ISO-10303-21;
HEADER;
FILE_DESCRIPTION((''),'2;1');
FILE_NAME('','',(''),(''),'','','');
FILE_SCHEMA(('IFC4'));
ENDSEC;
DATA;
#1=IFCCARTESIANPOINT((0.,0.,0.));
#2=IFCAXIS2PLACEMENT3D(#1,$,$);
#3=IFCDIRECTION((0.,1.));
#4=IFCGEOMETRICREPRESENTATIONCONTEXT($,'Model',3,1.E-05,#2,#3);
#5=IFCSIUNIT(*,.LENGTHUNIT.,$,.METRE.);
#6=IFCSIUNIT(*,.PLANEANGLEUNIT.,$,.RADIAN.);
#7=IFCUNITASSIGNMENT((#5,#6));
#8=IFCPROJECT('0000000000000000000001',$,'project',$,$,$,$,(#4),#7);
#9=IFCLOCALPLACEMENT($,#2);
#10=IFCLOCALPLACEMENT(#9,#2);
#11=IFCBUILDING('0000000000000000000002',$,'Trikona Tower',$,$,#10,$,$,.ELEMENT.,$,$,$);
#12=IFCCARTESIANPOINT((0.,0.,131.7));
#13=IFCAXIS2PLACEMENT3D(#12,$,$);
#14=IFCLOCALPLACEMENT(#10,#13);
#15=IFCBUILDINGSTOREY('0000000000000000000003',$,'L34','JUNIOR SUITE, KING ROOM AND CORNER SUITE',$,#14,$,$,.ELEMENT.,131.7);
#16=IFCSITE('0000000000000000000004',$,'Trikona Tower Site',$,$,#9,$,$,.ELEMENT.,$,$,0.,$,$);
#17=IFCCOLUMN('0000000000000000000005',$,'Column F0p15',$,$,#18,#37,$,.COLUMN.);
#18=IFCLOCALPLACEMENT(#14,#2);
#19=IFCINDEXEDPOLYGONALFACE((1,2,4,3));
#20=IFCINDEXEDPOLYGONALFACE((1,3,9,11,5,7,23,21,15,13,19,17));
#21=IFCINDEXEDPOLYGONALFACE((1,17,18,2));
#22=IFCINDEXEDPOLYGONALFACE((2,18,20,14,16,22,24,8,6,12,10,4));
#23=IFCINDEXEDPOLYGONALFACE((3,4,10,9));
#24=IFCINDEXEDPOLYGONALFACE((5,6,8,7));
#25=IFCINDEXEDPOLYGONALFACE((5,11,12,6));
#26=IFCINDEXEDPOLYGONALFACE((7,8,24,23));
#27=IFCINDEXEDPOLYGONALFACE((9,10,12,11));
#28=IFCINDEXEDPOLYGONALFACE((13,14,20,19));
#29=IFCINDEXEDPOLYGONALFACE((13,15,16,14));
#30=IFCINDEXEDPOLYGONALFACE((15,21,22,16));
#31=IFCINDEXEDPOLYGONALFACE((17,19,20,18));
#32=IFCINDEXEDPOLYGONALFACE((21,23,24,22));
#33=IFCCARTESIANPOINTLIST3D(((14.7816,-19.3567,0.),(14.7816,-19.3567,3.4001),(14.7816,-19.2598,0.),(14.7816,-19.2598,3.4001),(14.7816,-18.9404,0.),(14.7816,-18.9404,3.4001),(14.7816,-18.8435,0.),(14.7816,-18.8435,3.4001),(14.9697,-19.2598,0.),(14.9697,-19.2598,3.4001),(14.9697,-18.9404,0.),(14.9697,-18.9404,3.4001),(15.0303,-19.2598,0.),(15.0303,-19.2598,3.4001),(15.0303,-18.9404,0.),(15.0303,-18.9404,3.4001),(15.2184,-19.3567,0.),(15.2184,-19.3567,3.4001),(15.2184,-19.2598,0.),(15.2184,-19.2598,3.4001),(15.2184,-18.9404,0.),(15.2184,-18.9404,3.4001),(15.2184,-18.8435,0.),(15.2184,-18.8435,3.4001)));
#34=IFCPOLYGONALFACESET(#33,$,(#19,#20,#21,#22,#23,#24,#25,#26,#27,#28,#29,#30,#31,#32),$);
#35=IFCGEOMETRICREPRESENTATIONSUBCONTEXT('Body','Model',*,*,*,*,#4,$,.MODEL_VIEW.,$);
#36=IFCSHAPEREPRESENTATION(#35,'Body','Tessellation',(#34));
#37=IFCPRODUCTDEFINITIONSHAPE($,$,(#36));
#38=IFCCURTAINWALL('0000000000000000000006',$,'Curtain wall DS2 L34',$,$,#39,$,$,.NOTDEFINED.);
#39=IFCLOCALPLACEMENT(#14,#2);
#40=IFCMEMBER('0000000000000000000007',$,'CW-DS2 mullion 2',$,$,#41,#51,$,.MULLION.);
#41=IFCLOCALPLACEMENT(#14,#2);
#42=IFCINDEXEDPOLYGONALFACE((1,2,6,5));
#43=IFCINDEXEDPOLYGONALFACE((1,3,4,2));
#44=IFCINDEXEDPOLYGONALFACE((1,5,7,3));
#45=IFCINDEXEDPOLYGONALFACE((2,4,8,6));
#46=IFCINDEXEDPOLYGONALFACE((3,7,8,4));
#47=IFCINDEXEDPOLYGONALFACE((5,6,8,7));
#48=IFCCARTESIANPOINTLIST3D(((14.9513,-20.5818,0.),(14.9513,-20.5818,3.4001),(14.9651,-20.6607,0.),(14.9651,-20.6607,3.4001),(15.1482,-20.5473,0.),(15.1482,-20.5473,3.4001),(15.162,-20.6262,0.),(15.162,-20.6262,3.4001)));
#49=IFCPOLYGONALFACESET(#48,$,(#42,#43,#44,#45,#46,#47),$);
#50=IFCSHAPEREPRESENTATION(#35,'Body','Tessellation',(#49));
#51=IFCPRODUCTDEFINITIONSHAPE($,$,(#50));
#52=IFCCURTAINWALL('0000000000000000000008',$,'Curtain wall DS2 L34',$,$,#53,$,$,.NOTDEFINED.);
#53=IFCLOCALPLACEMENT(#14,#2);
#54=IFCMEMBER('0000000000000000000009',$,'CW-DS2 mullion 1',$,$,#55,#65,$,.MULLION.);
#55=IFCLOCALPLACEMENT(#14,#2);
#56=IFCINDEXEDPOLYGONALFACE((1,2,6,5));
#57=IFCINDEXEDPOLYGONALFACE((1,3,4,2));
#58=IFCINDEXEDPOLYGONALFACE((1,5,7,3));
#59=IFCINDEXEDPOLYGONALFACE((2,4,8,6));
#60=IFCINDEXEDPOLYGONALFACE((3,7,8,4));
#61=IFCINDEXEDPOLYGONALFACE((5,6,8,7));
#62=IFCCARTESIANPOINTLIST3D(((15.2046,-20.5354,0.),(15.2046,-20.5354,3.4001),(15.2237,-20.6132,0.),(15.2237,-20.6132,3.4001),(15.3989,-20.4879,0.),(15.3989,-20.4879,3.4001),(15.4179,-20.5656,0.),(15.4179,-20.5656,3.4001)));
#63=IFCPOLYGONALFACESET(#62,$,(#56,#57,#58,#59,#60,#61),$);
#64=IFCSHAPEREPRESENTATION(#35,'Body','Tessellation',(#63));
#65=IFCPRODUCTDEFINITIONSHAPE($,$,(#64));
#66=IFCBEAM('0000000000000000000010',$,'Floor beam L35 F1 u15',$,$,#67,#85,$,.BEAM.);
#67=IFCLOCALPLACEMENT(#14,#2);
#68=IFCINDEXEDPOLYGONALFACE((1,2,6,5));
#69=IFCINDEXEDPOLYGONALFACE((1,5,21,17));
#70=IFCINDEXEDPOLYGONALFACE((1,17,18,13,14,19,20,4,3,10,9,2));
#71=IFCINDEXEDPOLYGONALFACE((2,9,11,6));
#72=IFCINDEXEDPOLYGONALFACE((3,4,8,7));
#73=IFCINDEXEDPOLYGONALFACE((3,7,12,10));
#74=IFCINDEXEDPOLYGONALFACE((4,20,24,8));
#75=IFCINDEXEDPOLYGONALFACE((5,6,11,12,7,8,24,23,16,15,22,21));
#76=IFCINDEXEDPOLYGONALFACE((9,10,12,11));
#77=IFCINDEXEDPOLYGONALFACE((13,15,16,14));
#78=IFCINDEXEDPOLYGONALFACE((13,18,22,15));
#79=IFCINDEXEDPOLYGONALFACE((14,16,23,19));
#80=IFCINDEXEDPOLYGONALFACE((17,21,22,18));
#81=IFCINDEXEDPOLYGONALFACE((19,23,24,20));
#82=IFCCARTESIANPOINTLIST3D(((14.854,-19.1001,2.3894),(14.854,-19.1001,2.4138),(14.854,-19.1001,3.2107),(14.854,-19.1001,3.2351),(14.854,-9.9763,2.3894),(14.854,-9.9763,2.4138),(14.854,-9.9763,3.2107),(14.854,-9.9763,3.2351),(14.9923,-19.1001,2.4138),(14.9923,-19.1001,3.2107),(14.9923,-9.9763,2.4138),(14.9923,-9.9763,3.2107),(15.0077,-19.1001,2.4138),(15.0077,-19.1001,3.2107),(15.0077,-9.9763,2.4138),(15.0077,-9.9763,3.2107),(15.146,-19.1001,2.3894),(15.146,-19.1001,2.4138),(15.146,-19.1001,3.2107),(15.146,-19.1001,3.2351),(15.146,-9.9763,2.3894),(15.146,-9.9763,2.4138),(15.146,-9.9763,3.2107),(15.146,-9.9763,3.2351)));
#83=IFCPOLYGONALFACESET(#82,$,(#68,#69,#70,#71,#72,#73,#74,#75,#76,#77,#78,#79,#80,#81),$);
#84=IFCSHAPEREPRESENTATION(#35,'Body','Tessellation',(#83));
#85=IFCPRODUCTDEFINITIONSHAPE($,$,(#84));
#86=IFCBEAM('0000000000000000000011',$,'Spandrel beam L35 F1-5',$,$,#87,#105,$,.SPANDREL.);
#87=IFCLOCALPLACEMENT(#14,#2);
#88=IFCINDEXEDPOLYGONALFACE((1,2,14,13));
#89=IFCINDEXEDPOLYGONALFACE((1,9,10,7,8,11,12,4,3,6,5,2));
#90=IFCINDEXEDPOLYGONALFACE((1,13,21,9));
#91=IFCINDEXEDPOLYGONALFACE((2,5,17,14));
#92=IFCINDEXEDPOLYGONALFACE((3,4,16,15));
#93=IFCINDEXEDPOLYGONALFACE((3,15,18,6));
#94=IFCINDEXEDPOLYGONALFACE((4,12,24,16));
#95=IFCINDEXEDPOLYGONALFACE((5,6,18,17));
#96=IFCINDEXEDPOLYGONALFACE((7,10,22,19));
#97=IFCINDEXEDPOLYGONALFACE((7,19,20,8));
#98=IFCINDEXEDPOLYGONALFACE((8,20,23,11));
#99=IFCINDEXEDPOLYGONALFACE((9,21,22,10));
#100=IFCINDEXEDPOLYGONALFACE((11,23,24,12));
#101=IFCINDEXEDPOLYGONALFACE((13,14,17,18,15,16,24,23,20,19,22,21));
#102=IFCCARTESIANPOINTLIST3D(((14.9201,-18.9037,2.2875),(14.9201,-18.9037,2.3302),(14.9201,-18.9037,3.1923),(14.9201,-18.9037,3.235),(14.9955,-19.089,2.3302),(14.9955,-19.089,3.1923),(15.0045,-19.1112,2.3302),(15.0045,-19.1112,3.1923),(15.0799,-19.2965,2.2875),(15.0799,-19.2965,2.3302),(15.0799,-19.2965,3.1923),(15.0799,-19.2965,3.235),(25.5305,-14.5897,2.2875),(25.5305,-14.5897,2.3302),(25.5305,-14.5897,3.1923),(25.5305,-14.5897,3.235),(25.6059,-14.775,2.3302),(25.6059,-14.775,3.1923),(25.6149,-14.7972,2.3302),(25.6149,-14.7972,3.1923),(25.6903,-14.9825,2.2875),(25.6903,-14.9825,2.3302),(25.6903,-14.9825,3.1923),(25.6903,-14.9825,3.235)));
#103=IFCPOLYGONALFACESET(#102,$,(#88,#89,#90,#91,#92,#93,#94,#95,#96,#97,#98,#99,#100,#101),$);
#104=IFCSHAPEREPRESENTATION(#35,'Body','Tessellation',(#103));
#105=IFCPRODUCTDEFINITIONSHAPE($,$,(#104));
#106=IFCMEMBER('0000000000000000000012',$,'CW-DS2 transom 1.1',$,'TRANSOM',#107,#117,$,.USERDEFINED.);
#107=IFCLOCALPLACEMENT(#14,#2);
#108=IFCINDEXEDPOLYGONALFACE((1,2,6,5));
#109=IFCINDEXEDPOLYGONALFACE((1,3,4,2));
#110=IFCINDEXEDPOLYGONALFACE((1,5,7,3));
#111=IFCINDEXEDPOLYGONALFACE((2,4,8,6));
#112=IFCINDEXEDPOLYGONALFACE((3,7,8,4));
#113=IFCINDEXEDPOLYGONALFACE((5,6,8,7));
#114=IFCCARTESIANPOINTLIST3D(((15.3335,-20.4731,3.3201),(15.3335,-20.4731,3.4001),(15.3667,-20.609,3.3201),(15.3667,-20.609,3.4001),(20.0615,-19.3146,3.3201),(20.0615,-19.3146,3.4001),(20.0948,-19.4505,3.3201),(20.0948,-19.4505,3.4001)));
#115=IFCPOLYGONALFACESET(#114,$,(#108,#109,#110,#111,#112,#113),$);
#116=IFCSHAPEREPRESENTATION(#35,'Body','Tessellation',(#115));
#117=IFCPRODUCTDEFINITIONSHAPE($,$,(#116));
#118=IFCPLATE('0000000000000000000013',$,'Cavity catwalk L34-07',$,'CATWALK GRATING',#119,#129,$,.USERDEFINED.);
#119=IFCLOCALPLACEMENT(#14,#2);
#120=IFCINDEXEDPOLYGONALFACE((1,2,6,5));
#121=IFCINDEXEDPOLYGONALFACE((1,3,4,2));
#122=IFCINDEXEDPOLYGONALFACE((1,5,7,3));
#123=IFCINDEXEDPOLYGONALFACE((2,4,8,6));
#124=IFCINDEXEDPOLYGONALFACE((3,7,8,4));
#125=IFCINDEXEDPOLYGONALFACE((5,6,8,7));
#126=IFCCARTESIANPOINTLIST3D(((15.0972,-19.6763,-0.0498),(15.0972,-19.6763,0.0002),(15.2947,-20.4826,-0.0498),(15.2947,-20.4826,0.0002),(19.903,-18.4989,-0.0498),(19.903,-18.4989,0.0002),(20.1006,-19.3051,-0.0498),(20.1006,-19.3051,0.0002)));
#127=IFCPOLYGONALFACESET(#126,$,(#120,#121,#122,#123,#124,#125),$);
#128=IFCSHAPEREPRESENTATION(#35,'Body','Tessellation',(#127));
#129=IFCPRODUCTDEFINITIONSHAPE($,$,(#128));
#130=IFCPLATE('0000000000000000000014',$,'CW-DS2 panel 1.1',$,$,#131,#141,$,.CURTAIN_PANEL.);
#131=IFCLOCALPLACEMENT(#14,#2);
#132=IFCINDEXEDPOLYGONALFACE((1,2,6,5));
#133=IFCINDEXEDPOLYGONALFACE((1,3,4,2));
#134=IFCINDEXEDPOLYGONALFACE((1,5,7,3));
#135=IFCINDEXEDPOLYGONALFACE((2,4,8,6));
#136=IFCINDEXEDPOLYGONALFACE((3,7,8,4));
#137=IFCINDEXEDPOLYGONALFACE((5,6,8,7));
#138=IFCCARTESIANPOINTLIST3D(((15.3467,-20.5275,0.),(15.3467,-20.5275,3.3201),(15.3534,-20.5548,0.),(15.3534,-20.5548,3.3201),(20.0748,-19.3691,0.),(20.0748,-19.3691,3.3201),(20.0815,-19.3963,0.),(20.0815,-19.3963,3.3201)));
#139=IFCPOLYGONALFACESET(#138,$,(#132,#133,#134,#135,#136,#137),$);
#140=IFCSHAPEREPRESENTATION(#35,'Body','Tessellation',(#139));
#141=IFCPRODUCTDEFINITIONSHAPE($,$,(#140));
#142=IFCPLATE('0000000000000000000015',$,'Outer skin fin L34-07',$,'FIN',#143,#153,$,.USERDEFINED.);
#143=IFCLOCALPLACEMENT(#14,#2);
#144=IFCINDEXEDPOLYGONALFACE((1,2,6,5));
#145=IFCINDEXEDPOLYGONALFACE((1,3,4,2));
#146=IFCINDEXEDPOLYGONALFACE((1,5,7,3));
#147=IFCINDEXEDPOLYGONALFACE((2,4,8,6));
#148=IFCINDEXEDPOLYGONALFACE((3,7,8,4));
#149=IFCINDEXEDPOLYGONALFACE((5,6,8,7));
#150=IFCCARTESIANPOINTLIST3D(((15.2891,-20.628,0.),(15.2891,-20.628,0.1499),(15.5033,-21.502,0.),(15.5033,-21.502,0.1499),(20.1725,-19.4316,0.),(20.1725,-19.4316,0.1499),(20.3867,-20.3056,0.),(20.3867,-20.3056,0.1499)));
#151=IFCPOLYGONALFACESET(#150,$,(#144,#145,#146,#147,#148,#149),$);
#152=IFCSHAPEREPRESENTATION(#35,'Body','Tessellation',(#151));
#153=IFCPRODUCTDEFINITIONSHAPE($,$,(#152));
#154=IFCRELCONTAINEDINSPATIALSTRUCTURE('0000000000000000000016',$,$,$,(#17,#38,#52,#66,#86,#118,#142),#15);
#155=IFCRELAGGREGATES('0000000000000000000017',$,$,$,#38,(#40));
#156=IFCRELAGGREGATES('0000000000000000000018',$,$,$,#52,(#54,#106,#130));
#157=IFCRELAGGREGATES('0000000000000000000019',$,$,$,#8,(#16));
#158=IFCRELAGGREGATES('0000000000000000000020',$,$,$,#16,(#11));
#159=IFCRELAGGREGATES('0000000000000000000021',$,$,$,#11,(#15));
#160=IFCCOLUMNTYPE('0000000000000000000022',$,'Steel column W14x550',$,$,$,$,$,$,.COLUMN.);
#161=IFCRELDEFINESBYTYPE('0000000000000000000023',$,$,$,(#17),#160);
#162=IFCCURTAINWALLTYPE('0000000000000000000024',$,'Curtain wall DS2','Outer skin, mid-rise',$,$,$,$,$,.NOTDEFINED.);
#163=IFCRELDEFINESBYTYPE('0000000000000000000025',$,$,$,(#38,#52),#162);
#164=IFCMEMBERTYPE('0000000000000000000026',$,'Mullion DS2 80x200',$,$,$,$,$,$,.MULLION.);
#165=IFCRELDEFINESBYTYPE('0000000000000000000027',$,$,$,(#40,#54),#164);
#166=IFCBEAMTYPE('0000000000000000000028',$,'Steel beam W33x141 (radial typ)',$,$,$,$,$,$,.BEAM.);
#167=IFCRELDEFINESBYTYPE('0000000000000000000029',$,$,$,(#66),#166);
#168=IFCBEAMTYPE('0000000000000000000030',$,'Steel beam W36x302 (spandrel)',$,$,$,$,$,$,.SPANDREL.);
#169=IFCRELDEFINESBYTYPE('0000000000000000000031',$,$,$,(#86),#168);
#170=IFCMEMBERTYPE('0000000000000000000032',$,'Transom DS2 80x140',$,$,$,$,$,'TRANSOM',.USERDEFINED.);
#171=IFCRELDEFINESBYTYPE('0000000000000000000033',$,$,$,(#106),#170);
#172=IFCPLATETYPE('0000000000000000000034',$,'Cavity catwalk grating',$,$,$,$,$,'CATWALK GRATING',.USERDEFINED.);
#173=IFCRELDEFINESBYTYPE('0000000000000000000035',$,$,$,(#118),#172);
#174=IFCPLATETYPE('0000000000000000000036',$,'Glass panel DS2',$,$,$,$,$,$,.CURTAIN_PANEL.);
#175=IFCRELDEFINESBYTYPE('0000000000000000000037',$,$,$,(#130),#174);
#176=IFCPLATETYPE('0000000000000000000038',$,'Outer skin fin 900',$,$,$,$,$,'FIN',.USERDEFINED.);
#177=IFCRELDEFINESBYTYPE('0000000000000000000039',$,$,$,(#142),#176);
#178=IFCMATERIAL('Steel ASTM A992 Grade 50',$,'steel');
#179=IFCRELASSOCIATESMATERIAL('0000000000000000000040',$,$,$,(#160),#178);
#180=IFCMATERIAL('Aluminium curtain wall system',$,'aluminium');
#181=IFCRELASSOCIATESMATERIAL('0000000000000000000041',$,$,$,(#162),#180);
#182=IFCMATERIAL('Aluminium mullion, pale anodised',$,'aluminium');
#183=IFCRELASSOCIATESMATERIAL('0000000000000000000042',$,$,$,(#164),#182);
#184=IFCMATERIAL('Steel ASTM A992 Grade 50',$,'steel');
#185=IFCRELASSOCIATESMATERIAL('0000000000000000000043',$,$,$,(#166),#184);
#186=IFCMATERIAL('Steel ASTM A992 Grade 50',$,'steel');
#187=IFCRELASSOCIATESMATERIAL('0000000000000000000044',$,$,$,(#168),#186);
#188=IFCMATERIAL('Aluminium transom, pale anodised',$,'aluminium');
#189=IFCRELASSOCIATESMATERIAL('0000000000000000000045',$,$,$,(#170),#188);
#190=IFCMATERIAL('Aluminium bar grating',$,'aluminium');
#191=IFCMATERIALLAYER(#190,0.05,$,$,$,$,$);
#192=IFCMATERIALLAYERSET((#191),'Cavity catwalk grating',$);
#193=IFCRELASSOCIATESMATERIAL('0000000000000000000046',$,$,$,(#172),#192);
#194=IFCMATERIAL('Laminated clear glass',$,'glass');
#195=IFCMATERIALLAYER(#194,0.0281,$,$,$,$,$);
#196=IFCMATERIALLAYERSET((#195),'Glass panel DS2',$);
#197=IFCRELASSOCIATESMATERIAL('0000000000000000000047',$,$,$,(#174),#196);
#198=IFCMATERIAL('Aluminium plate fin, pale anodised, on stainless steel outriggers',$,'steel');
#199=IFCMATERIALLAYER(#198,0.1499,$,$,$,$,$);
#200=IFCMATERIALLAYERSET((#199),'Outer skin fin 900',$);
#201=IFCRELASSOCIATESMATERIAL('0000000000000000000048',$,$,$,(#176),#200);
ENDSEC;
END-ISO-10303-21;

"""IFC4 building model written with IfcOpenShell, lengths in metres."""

from ifc_helpers import new_model, si_unit, direction, frame, origin, origin_2d, place, context, subcontext, project, spatial, rectangle, i_section, extrude, material, layer, layer_set, material_profile, profile_set, type_object, element, aggregate, save


model = new_model("IFC4")

# Units and contexts
model_context = context("Model", 3, precision=1e-05, world=origin(), true_north=direction((0.0, 1.0)))
body_context = subcontext(model_context, "Body", "Model", "MODEL_VIEW")
ifc_project = project(units=[si_unit("LENGTHUNIT", "METRE"), si_unit("PLANEANGLEUNIT", "RADIAN")], contexts=[model_context])

# Site, building, storey
site_placement = place(None, origin())
site = spatial("IfcSite", under=ifc_project, at=site_placement, Name="Trikona Tower Site", CompositionType="ELEMENT", RefElevation=0.0)
building_placement = place(site_placement, origin())
building = spatial("IfcBuilding", under=site, at=building_placement, Name="Trikona Tower", CompositionType="ELEMENT")
storey_placement = place(building_placement, frame((0.0, 0.0, 131.7)))
storey = spatial("IfcBuildingStorey", under=building, at=storey_placement, Name="L34", Description="JUNIOR SUITE, KING ROOM AND CORNER SUITE", CompositionType="ELEMENT", Elevation=131.7)

# Column
ifc_material_1 = material(Name="Steel ASTM A992 Grade 50", Category="steel")
ifc_material_profile_1 = material_profile(ifc_material_1, i_section(OverallWidth=0.4368, OverallDepth=0.5132, WebThickness=0.0605, FlangeThickness=0.0969, at=origin_2d()), Name="W14X550")
ifc_profile_set_1 = profile_set([ifc_material_profile_1], Name="Steel ASTM A992 Grade 50")
column_type = type_object("IfcColumnType", Name="Steel column W14x550", PredefinedType="COLUMN", material=ifc_profile_set_1)
column_placement = place(storey_placement, frame((15.0, -19.1001, 0.0), z_axis=(0.0, 0.0, 1.0), x_axis=(1.0, 0.0, 0.0)))
element("IfcColumn", 1, at=column_placement, inside=storey, type_object=column_type, Name="Column F0p15", PredefinedType="COLUMN", context=body_context, shape_type="SweptSolid", body=[
    extrude(i_section(OverallWidth=0.4368, OverallDepth=0.5132, WebThickness=0.0605, FlangeThickness=0.0969, at=origin_2d()), origin(), (0.0, 0.0, 1.0), 3.4001),
])

# Curtain walls, members
ifc_material_2 = material(Name="Aluminium curtain wall system", Category="aluminium")
curtain_wall_type = type_object("IfcCurtainWallType", Name="Curtain wall DS2", Description="Outer skin, mid-rise", PredefinedType="NOTDEFINED", material=ifc_material_2)
curtain_wall_1_placement = place(storey_placement, origin())
curtain_wall_1 = element("IfcCurtainWall", 2, at=curtain_wall_1_placement, inside=storey, type_object=curtain_wall_type, Name="Curtain wall DS2 L34", PredefinedType="NOTDEFINED")
ifc_material_3 = material(Name="Aluminium mullion, pale anodised", Category="aluminium")
ifc_material_profile_2 = material_profile(ifc_material_3, rectangle(XDim=0.0801, YDim=0.2, at=origin_2d()), Name="MUL-DS2")
ifc_profile_set_2 = profile_set([ifc_material_profile_2], Name="Aluminium mullion, pale anodised")
member_type_1 = type_object("IfcMemberType", Name="Mullion DS2 80x200", PredefinedType="MULLION", material=ifc_profile_set_2)
member_1_placement = place(storey_placement, frame((15.0566, -20.604, 0.0), z_axis=(0.0, 0.0, 1.0), x_axis=(-0.172377, 0.985031, 0.0)))
member_1 = element("IfcMember", 3, at=member_1_placement, type_object=member_type_1, Name="CW-DS2 mullion 2", PredefinedType="MULLION", context=body_context, shape_type="SweptSolid", body=[
    extrude(rectangle(XDim=0.0801, YDim=0.2, at=origin_2d()), origin(), (0.0, 0.0, 1.0), 3.4001),
])
aggregate(curtain_wall_1, [member_1])
curtain_wall_2_placement = place(storey_placement, origin())
curtain_wall_2 = element("IfcCurtainWall", 4, at=curtain_wall_2_placement, inside=storey, type_object=curtain_wall_type, Name="Curtain wall DS2 L34", PredefinedType="NOTDEFINED")
member_2_placement = place(storey_placement, frame((15.3113, -20.5505, 0.0), z_axis=(0.0, 0.0, 1.0), x_axis=(-0.23797, 0.971272, 0.0)))
member_2 = element("IfcMember", 5, at=member_2_placement, type_object=member_type_1, Name="CW-DS2 mullion 1", PredefinedType="MULLION", context=body_context, shape_type="SweptSolid", body=[
    extrude(rectangle(XDim=0.0801, YDim=0.2, at=origin_2d()), origin(), (0.0, 0.0, 1.0), 3.4001),
])

# Beams
ifc_material_4 = material(Name="Steel ASTM A992 Grade 50", Category="steel")
ifc_material_profile_3 = material_profile(ifc_material_4, i_section(OverallWidth=0.292, OverallDepth=0.8457, WebThickness=0.0154, FlangeThickness=0.0244, at=origin_2d()), Name="W33X141")
ifc_profile_set_3 = profile_set([ifc_material_profile_3], Name="Steel ASTM A992 Grade 50")
beam_type_1 = type_object("IfcBeamType", Name="Steel beam W33x141 (radial typ)", PredefinedType="BEAM", material=ifc_profile_set_3)
beam_1_placement = place(storey_placement, frame((15.0, -9.9763, 2.8123), z_axis=(0.0, -1.0, 0.0), x_axis=(1.0, 0.0, 0.0)))
element("IfcBeam", 6, at=beam_1_placement, inside=storey, type_object=beam_type_1, Name="Floor beam L35 F1 u15", PredefinedType="BEAM", context=body_context, shape_type="SweptSolid", body=[
    extrude(i_section(OverallWidth=0.292, OverallDepth=0.8457, WebThickness=0.0154, FlangeThickness=0.0244, at=origin_2d()), origin(), (0.0, 0.0, 1.0), 9.1238),
])
ifc_material_5 = material(Name="Steel ASTM A992 Grade 50", Category="steel")
ifc_material_profile_4 = material_profile(ifc_material_5, i_section(OverallWidth=0.4241, OverallDepth=0.9475, WebThickness=0.0239, FlangeThickness=0.0427, at=origin_2d()), Name="W36X302")
ifc_profile_set_4 = profile_set([ifc_material_profile_4], Name="Steel ASTM A992 Grade 50")
beam_type_2 = type_object("IfcBeamType", Name="Steel beam W36x302 (spandrel)", PredefinedType="SPANDREL", material=ifc_profile_set_4)
beam_2_placement = place(storey_placement, frame((15.0, -19.1001, 2.7612), z_axis=(0.92636, 0.37664, 0.0), x_axis=(-0.37664, 0.92636, 0.0)))
element("IfcBeam", 7, at=beam_2_placement, inside=storey, type_object=beam_type_2, Name="Spandrel beam L35 F1-5", PredefinedType="SPANDREL", context=body_context, shape_type="SweptSolid", body=[
    extrude(i_section(OverallWidth=0.4241, OverallDepth=0.9475, WebThickness=0.0239, FlangeThickness=0.0427, at=origin_2d()), origin(), (0.0, 0.0, 1.0), 11.4539),
])

# Member
ifc_material_6 = material(Name="Aluminium transom, pale anodised", Category="aluminium")
ifc_material_profile_5 = material_profile(ifc_material_6, rectangle(XDim=0.1399, YDim=0.0801, at=origin_2d()), Name="TRN-DS2")
ifc_profile_set_5 = profile_set([ifc_material_profile_5], Name="Aluminium transom, pale anodised")
member_type_2 = type_object("IfcMemberType", Name="Transom DS2 80x140", ElementType="TRANSOM", PredefinedType="USERDEFINED", material=ifc_profile_set_5)
member_3_placement = place(storey_placement, frame((15.3501, -20.541, 3.3601), z_axis=(0.971271, 0.237978, 0.0), x_axis=(-0.237978, 0.971271, 0.0)))
member_3 = element("IfcMember", 8, at=member_3_placement, type_object=member_type_2, Name="CW-DS2 transom 1.1", ObjectType="TRANSOM", PredefinedType="USERDEFINED", context=body_context, shape_type="SweptSolid", body=[
    extrude(rectangle(XDim=0.1399, YDim=0.0801, at=origin_2d()), origin(), (0.0, 0.0, 1.0), 4.8679),
])

# Plates
ifc_material_7 = material(Name="Aluminium bar grating", Category="aluminium")
ifc_layer_1 = layer(ifc_material_7, 0.05)
ifc_layer_set_1 = layer_set([ifc_layer_1], Name="Cavity catwalk grating")
plate_type_1 = type_object("IfcPlateType", Name="Cavity catwalk grating", ElementType="CATWALK GRATING", PredefinedType="USERDEFINED", material=ifc_layer_set_1)
plate_1_placement = place(storey_placement, frame((17.5989, -19.4907, -0.0498), z_axis=(0.0, 0.0, 1.0), x_axis=(0.971274, 0.237962, 0.0)))
element("IfcPlate", 9, at=plate_1_placement, inside=storey, type_object=plate_type_1, Name="Cavity catwalk L34-07", ObjectType="CATWALK GRATING", PredefinedType="USERDEFINED", context=body_context, shape_type="SweptSolid", body=[
    extrude(rectangle(XDim=4.948, YDim=0.8301, at=origin_2d()), origin(), (0.0, 0.0, 1.0), 0.05),
])
ifc_material_8 = material(Name="Laminated clear glass", Category="glass")
ifc_layer_2 = layer(ifc_material_8, 0.0281)
ifc_layer_set_2 = layer_set([ifc_layer_2], Name="Glass panel DS2")
plate_type_2 = type_object("IfcPlateType", Name="Glass panel DS2", PredefinedType="CURTAIN_PANEL", material=ifc_layer_set_2)
plate_2_placement = place(storey_placement, frame((17.7141, -19.9619, 0.0), z_axis=(0.0, 0.0, 1.0), x_axis=(0.971272, 0.23797, 0.0)))
plate_2 = element("IfcPlate", 10, at=plate_2_placement, type_object=plate_type_2, Name="CW-DS2 panel 1.1", PredefinedType="CURTAIN_PANEL", context=body_context, shape_type="SweptSolid", body=[
    extrude(rectangle(XDim=4.8679, YDim=0.0281, at=origin_2d()), origin(), (0.0, 0.0, 1.0), 3.3201),
])
aggregate(curtain_wall_2, [member_2, member_3, plate_2])
ifc_material_9 = material(Name="Aluminium plate fin, pale anodised, on stainless steel outriggers", Category="steel")
ifc_layer_3 = layer(ifc_material_9, 0.1499)
ifc_layer_set_3 = layer_set([ifc_layer_3], Name="Outer skin fin 900")
plate_type_3 = type_object("IfcPlateType", Name="Outer skin fin 900", ElementType="FIN", PredefinedType="USERDEFINED", material=ifc_layer_set_3)
plate_3_placement = place(storey_placement, frame((17.8379, -20.4668, 0.0), z_axis=(0.0, 0.0, 1.0), x_axis=(0.971274, 0.237962, 0.0)))
element("IfcPlate", 11, at=plate_3_placement, inside=storey, type_object=plate_type_3, Name="Outer skin fin L34-07", ObjectType="FIN", PredefinedType="USERDEFINED", context=body_context, shape_type="SweptSolid", body=[
    extrude(rectangle(XDim=5.0278, YDim=0.8999, at=origin_2d()), origin(), (0.0, 0.0, 1.0), 0.1499),
])

save(model, "model.ifc")
